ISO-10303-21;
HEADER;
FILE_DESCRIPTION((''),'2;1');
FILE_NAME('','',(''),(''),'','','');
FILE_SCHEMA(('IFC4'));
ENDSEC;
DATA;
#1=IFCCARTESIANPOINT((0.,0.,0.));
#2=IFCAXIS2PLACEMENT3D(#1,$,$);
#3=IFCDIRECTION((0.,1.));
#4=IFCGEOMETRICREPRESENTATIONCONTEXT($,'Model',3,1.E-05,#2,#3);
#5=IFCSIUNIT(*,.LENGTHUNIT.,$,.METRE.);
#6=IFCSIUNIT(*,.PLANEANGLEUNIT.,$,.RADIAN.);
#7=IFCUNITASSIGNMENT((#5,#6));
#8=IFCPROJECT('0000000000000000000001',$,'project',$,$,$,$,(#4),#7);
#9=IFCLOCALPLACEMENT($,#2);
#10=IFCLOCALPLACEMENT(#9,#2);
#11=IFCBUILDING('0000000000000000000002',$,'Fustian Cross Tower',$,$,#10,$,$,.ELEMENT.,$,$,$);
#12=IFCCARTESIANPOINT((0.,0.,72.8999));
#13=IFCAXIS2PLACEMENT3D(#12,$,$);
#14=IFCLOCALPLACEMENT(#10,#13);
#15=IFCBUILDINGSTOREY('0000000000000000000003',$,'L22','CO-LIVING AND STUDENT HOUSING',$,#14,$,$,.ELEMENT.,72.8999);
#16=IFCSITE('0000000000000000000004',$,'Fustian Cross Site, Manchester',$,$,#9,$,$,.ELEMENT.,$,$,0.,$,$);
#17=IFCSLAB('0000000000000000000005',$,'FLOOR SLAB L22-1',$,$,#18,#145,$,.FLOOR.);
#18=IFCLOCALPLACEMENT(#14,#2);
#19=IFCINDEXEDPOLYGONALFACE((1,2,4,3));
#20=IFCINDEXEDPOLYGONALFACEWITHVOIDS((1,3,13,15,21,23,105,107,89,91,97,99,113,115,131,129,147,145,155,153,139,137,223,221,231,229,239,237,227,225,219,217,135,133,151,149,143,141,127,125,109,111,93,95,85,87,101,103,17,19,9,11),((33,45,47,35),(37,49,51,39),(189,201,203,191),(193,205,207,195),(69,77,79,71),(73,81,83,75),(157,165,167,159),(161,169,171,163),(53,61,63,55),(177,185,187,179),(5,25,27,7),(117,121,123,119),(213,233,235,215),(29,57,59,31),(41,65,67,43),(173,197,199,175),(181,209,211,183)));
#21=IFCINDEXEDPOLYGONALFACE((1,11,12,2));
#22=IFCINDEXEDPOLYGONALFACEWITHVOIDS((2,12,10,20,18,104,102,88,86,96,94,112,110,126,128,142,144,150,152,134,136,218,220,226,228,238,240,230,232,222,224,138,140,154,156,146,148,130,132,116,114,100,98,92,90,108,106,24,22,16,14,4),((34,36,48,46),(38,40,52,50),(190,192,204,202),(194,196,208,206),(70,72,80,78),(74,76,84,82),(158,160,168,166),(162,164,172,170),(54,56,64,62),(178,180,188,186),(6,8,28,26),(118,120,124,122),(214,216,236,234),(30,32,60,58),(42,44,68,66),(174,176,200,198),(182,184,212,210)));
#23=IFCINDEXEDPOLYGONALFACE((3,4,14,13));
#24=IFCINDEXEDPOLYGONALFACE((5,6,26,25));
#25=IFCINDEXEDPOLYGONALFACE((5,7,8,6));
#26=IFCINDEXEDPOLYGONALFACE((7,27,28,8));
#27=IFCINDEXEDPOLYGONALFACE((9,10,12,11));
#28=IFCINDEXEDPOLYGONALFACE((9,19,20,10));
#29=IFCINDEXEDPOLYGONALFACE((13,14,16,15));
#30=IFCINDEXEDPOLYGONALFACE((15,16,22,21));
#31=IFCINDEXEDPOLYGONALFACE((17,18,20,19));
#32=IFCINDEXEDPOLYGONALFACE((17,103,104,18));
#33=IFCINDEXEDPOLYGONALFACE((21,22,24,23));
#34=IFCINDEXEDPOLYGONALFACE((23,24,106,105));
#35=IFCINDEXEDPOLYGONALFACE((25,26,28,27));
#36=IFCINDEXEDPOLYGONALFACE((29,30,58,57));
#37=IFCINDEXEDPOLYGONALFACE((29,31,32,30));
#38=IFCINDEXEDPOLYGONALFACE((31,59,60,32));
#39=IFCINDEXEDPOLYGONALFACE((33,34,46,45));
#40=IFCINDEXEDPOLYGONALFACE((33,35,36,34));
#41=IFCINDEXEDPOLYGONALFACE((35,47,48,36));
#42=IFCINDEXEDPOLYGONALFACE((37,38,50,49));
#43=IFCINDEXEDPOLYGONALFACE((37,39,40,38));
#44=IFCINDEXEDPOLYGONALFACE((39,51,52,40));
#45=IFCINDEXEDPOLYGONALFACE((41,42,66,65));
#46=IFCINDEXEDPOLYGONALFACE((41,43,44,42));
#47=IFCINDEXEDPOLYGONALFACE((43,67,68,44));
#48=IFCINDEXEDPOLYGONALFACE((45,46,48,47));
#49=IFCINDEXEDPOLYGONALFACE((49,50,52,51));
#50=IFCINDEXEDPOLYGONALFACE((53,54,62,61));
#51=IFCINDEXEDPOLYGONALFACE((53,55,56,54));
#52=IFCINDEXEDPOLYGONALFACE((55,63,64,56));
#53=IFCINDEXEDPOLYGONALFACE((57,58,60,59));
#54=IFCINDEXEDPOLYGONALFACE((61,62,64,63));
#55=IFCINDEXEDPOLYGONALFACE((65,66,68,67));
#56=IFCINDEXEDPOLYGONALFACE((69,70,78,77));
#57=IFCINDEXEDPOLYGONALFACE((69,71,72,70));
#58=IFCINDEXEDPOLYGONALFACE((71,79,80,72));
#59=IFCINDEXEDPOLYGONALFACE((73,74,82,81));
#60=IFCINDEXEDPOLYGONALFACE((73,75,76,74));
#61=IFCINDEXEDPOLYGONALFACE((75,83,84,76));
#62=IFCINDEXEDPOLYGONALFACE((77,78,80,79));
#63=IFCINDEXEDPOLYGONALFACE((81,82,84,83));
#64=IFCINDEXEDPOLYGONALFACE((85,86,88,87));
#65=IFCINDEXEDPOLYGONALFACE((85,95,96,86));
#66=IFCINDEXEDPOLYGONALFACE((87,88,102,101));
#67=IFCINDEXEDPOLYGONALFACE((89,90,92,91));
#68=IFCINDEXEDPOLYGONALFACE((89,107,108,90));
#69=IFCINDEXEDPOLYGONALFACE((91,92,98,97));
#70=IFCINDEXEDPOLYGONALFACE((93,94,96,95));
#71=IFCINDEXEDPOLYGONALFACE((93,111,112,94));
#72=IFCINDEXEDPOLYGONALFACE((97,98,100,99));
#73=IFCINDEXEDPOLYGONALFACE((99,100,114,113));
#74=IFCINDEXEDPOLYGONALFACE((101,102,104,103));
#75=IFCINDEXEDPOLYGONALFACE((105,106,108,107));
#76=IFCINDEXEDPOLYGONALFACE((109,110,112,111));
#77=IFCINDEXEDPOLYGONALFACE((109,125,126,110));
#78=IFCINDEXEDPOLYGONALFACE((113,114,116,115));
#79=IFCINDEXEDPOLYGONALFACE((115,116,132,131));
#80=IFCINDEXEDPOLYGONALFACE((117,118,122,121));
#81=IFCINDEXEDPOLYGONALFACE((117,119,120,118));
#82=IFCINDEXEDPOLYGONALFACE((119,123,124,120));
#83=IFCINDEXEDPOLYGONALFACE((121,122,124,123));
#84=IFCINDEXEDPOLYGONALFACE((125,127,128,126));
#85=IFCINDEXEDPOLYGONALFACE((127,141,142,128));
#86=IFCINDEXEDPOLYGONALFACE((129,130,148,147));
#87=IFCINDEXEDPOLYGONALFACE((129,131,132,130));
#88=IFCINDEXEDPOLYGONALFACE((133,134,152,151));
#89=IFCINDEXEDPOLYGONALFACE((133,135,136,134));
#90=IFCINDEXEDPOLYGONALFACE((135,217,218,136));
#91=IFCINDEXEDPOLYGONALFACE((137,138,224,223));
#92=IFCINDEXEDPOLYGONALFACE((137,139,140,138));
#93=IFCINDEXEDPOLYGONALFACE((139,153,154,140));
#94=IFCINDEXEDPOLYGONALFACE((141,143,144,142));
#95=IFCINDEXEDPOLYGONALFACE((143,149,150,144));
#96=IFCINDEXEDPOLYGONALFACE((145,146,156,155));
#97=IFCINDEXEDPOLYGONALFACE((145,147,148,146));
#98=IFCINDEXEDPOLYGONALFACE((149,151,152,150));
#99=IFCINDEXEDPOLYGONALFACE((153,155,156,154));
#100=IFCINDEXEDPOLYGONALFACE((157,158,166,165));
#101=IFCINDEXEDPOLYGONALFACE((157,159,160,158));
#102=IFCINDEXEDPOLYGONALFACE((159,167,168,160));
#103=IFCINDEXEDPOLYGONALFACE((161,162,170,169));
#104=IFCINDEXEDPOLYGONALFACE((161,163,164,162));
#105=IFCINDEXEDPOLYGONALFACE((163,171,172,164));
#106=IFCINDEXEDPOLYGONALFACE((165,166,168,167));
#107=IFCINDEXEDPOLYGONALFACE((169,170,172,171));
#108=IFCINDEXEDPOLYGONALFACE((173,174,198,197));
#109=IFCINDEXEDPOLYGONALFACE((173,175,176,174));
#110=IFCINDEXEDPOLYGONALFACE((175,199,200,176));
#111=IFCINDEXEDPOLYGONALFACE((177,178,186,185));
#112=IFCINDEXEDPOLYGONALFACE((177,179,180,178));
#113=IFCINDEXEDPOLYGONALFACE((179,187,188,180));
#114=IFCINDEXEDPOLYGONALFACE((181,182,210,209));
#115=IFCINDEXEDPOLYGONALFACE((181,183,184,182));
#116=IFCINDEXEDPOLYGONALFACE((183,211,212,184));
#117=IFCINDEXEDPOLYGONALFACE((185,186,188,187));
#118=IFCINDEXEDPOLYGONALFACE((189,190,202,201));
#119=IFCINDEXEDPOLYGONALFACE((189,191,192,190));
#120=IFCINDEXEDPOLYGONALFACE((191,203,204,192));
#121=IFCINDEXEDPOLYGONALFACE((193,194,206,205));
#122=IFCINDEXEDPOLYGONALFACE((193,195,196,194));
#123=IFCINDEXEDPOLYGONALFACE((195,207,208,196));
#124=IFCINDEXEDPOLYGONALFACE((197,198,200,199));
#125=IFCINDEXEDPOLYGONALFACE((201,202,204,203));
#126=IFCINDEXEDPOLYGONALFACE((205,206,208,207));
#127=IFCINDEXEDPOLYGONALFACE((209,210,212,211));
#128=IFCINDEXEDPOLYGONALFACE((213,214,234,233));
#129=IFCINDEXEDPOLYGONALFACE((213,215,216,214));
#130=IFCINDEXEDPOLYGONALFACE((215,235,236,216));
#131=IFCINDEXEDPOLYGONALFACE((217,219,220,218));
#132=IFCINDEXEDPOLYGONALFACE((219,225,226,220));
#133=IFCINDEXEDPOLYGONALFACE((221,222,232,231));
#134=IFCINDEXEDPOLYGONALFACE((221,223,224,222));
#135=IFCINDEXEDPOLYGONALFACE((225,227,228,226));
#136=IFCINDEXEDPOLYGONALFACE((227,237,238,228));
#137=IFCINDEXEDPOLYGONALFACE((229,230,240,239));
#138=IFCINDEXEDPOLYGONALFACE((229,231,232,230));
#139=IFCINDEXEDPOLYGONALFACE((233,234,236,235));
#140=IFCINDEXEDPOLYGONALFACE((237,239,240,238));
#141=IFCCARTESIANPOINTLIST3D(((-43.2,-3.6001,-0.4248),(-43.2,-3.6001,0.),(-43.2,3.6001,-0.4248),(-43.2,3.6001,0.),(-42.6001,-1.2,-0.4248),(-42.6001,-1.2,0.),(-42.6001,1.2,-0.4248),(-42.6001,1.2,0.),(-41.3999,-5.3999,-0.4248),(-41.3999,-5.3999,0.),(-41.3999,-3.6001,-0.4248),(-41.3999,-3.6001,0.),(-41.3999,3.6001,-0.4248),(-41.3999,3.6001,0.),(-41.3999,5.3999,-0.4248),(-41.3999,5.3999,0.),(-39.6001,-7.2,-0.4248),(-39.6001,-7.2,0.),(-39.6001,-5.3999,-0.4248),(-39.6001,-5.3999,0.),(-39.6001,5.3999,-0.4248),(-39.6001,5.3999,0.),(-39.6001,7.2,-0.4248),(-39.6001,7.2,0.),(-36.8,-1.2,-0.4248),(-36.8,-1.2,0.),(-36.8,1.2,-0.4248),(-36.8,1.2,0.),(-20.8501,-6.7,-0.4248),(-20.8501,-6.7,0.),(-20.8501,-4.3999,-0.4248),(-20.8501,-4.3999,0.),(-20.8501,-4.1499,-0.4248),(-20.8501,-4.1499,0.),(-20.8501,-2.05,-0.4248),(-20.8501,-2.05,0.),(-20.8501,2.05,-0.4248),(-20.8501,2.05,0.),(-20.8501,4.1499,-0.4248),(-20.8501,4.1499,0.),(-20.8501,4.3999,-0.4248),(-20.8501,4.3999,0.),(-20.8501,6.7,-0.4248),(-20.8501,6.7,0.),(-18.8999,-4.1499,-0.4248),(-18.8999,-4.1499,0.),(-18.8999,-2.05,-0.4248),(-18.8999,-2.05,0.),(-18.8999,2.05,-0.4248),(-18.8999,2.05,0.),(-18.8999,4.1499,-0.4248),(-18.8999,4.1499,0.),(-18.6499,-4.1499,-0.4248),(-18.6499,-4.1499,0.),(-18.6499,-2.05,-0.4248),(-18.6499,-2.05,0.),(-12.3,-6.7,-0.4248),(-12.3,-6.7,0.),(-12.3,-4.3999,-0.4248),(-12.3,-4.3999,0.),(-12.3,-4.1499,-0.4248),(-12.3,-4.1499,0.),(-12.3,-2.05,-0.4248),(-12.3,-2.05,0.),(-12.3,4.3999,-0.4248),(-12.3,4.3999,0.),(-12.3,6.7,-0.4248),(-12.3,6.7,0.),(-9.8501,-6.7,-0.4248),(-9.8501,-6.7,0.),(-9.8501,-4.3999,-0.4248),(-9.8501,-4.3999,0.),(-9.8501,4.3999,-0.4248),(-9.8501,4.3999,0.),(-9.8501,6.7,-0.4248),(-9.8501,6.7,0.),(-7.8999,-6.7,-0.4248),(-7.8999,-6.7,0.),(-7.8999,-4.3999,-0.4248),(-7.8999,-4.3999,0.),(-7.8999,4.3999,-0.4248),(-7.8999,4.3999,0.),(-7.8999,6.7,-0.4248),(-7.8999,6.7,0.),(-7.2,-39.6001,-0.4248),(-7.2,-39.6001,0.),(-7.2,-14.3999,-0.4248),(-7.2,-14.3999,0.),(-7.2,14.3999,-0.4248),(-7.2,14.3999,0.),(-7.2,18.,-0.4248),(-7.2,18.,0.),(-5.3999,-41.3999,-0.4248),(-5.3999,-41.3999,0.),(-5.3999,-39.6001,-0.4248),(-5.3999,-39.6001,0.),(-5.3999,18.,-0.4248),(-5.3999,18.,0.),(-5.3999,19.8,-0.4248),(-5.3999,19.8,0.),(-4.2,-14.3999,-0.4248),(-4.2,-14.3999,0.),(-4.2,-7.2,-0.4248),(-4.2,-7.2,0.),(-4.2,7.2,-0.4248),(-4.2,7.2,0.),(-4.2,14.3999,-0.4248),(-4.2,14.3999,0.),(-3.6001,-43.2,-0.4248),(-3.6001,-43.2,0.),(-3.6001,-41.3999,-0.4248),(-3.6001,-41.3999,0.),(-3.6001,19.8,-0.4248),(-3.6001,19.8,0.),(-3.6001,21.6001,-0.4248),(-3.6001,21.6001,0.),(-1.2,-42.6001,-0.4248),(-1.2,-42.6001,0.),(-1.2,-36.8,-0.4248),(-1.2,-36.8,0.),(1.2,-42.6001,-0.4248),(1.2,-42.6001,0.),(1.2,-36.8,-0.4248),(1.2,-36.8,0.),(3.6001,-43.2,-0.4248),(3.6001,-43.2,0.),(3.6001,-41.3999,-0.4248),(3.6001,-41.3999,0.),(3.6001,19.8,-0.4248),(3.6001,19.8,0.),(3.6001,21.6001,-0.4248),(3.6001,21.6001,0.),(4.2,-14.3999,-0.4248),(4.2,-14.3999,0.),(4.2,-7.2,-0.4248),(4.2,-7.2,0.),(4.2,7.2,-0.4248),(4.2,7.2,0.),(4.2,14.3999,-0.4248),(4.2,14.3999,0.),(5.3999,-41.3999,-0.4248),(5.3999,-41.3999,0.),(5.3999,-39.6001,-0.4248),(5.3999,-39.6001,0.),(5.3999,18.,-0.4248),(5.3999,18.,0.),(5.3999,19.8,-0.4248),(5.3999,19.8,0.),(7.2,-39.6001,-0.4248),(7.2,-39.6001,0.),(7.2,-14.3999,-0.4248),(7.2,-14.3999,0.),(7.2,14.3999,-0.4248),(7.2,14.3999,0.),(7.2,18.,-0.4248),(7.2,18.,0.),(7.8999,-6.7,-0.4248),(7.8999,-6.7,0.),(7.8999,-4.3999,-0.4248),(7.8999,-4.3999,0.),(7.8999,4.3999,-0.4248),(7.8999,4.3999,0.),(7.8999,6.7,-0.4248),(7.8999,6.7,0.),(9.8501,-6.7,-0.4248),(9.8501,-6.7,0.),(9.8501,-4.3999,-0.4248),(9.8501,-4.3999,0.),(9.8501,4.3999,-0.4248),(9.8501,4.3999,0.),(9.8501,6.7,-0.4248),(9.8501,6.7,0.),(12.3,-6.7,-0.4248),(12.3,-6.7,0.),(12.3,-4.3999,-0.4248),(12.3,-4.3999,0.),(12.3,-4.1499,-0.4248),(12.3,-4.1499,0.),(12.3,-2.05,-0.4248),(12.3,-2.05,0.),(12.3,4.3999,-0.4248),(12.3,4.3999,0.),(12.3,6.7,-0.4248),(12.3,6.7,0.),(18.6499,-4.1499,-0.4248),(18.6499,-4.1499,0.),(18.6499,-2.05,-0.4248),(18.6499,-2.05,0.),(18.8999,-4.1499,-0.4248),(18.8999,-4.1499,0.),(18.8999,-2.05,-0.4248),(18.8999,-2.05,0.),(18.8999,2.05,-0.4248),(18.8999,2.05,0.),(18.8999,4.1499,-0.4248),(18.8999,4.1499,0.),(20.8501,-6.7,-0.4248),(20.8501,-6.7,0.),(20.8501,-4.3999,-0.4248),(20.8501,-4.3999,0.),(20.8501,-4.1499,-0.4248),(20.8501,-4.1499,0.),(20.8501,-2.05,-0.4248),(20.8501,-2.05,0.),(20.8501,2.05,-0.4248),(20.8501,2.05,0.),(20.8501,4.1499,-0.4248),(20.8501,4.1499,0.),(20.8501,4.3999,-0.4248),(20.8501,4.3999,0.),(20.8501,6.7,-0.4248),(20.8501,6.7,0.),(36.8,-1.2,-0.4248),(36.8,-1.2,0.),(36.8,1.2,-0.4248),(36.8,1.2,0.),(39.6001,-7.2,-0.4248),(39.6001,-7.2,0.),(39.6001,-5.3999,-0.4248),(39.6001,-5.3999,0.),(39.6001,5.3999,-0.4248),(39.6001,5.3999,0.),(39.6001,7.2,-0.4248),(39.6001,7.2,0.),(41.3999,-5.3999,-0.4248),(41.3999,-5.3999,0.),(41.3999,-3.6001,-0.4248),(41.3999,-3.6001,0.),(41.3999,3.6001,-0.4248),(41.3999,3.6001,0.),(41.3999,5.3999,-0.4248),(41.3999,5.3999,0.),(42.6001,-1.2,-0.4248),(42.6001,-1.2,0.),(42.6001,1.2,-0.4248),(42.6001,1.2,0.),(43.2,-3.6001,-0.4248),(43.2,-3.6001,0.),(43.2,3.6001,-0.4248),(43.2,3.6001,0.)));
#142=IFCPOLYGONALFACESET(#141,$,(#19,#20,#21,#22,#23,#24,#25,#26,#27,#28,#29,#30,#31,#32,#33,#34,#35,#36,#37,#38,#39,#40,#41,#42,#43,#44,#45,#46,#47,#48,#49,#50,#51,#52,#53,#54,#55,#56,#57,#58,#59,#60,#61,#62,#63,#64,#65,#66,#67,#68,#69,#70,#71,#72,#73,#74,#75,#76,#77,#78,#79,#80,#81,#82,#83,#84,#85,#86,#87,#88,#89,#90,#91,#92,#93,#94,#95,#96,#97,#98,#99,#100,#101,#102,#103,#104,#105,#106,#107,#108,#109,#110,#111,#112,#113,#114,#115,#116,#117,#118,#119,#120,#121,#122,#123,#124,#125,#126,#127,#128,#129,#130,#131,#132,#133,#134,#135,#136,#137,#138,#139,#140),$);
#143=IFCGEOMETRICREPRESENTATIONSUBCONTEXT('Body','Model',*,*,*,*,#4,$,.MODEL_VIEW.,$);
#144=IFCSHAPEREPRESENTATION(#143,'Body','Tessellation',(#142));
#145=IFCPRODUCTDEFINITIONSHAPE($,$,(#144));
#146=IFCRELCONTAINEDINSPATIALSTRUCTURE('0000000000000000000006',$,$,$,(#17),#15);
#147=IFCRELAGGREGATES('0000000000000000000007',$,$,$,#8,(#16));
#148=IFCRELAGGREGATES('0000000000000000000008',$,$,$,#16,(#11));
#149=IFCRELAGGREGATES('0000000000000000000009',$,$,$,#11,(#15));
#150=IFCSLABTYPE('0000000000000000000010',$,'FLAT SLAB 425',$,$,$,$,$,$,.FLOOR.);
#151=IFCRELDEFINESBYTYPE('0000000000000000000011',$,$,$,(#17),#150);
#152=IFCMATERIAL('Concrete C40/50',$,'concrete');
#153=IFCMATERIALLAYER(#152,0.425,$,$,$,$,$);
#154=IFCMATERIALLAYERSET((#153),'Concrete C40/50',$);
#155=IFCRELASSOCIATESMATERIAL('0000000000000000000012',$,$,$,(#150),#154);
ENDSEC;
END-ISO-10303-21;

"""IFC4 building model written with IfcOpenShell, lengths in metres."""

from ifc_helpers import new_model, si_unit, direction, frame, origin, place, context, subcontext, project, spatial, polyline, outline, extrude, material, layer, layer_set, type_object, element, save


model = new_model("IFC4")

# Units and contexts
model_context = context("Model", 3, precision=1e-05, world=origin(), true_north=direction((0.0, 1.0)))
body_context = subcontext(model_context, "Body", "Model", "MODEL_VIEW")
ifc_project = project(units=[si_unit("LENGTHUNIT", "METRE"), si_unit("PLANEANGLEUNIT", "RADIAN")], contexts=[model_context])

# Site, building, storey
site_placement = place(None, origin())
site = spatial("IfcSite", under=ifc_project, at=site_placement, Name="Fustian Cross Site, Manchester", CompositionType="ELEMENT", RefElevation=0.0)
building_placement = place(site_placement, origin())
building = spatial("IfcBuilding", under=site, at=building_placement, Name="Fustian Cross Tower", CompositionType="ELEMENT")
storey_placement = place(building_placement, frame((0.0, 0.0, 72.8999)))
storey = spatial("IfcBuildingStorey", under=building, at=storey_placement, Name="L22", Description="CO-LIVING AND STUDENT HOUSING", CompositionType="ELEMENT", Elevation=72.8999)

# Slab
ifc_material_1 = material(Name="Concrete C40/50", Category="concrete")
ifc_layer_1 = layer(ifc_material_1, 0.425)
ifc_layer_set_1 = layer_set([ifc_layer_1], Name="Concrete C40/50")
slab_type_1 = type_object("IfcSlabType", Name="FLAT SLAB 425", PredefinedType="FLOOR", material=ifc_layer_set_1)
slab_1_placement = place(storey_placement, frame((0.0, 0.0, -0.4248)))
element("IfcSlab", 1, at=slab_1_placement, inside=storey, type_object=slab_type_1, Name="FLOOR SLAB L22-1", PredefinedType="FLOOR", context=body_context, shape_type="SweptSolid", body=[
    extrude(outline(polyline([(-4.2, -7.2), (-39.6001, -7.2), (-39.6001, -5.3999), (-41.3999, -5.3999), (-41.3999, -3.6001), (-43.2, -3.6001), (-43.2, 3.6001), (-41.3999, 3.6001), (-41.3999, 5.3999), (-39.6001, 5.3999), (-39.6001, 7.2), (-4.2, 7.2), (-4.2, 14.3999), (-7.2, 14.3999), (-7.2, 18.0), (-5.3999, 18.0), (-5.3999, 19.8), (-3.6001, 19.8), (-3.6001, 21.6001), (3.6001, 21.6001), (3.6001, 19.8), (5.3999, 19.8), (5.3999, 18.0), (7.2, 18.0), (7.2, 14.3999), (4.2, 14.3999), (4.2, 7.2), (39.6001, 7.2), (39.6001, 5.3999), (41.3999, 5.3999), (41.3999, 3.6001), (43.2, 3.6001), (43.2, -3.6001), (41.3999, -3.6001), (41.3999, -5.3999), (39.6001, -5.3999), (39.6001, -7.2), (4.2, -7.2), (4.2, -14.3999), (7.2, -14.3999), (7.2, -39.6001), (5.3999, -39.6001), (5.3999, -41.3999), (3.6001, -41.3999), (3.6001, -43.2), (-3.6001, -43.2), (-3.6001, -41.3999), (-5.3999, -41.3999), (-5.3999, -39.6001), (-7.2, -39.6001), (-7.2, -14.3999), (-4.2, -14.3999), (-4.2, -7.2)]), holes=[polyline([(20.8501, -2.05), (18.8999, -2.05), (18.8999, -4.1499), (20.8501, -4.1499), (20.8501, -2.05)]), polyline([(20.8501, 2.05), (20.8501, 4.1499), (18.8999, 4.1499), (18.8999, 2.05), (20.8501, 2.05)]), polyline([(7.8999, 4.3999), (9.8501, 4.3999), (9.8501, 6.7), (7.8999, 6.7), (7.8999, 4.3999)]), polyline([(7.8999, -4.3999), (7.8999, -6.7), (9.8501, -6.7), (9.8501, -4.3999), (7.8999, -4.3999)]), polyline([(-18.8999, -2.05), (-20.8501, -2.05), (-20.8501, -4.1499), (-18.8999, -4.1499), (-18.8999, -2.05)]), polyline([(-18.8999, 2.05), (-18.8999, 4.1499), (-20.8501, 4.1499), (-20.8501, 2.05), (-18.8999, 2.05)]), polyline([(-9.8501, 4.3999), (-7.8999, 4.3999), (-7.8999, 6.7), (-9.8501, 6.7), (-9.8501, 4.3999)]), polyline([(-9.8501, -4.3999), (-9.8501, -6.7), (-7.8999, -6.7), (-7.8999, -4.3999), (-9.8501, -4.3999)]), polyline([(18.6499, -2.05), (12.3, -2.05), (12.3, -4.1499), (18.6499, -4.1499), (18.6499, -2.05)]), polyline([(-12.3, -4.1499), (-12.3, -2.05), (-18.6499, -2.05), (-18.6499, -4.1499), (-12.3, -4.1499)]), polyline([(12.3, 4.3999), (20.8501, 4.3999), (20.8501, 6.7), (12.3, 6.7), (12.3, 4.3999)]), polyline([(12.3, -4.3999), (12.3, -6.7), (20.8501, -6.7), (20.8501, -4.3999), (12.3, -4.3999)]), polyline([(-12.3, 6.7), (-20.8501, 6.7), (-20.8501, 4.3999), (-12.3, 4.3999), (-12.3, 6.7)]), polyline([(-12.3, -6.7), (-12.3, -4.3999), (-20.8501, -4.3999), (-20.8501, -6.7), (-12.3, -6.7)]), polyline([(-1.2, -42.6001), (1.2, -42.6001), (1.2, -36.8), (-1.2, -36.8), (-1.2, -42.6001)]), polyline([(36.8, 1.2), (36.8, -1.2), (42.6001, -1.2), (42.6001, 1.2), (36.8, 1.2)]), polyline([(-36.8, 1.2), (-42.6001, 1.2), (-42.6001, -1.2), (-36.8, -1.2), (-36.8, 1.2)])]), origin(), (0.0, 0.0, 1.0), 0.4248),
])

save(model, "model.ifc")
